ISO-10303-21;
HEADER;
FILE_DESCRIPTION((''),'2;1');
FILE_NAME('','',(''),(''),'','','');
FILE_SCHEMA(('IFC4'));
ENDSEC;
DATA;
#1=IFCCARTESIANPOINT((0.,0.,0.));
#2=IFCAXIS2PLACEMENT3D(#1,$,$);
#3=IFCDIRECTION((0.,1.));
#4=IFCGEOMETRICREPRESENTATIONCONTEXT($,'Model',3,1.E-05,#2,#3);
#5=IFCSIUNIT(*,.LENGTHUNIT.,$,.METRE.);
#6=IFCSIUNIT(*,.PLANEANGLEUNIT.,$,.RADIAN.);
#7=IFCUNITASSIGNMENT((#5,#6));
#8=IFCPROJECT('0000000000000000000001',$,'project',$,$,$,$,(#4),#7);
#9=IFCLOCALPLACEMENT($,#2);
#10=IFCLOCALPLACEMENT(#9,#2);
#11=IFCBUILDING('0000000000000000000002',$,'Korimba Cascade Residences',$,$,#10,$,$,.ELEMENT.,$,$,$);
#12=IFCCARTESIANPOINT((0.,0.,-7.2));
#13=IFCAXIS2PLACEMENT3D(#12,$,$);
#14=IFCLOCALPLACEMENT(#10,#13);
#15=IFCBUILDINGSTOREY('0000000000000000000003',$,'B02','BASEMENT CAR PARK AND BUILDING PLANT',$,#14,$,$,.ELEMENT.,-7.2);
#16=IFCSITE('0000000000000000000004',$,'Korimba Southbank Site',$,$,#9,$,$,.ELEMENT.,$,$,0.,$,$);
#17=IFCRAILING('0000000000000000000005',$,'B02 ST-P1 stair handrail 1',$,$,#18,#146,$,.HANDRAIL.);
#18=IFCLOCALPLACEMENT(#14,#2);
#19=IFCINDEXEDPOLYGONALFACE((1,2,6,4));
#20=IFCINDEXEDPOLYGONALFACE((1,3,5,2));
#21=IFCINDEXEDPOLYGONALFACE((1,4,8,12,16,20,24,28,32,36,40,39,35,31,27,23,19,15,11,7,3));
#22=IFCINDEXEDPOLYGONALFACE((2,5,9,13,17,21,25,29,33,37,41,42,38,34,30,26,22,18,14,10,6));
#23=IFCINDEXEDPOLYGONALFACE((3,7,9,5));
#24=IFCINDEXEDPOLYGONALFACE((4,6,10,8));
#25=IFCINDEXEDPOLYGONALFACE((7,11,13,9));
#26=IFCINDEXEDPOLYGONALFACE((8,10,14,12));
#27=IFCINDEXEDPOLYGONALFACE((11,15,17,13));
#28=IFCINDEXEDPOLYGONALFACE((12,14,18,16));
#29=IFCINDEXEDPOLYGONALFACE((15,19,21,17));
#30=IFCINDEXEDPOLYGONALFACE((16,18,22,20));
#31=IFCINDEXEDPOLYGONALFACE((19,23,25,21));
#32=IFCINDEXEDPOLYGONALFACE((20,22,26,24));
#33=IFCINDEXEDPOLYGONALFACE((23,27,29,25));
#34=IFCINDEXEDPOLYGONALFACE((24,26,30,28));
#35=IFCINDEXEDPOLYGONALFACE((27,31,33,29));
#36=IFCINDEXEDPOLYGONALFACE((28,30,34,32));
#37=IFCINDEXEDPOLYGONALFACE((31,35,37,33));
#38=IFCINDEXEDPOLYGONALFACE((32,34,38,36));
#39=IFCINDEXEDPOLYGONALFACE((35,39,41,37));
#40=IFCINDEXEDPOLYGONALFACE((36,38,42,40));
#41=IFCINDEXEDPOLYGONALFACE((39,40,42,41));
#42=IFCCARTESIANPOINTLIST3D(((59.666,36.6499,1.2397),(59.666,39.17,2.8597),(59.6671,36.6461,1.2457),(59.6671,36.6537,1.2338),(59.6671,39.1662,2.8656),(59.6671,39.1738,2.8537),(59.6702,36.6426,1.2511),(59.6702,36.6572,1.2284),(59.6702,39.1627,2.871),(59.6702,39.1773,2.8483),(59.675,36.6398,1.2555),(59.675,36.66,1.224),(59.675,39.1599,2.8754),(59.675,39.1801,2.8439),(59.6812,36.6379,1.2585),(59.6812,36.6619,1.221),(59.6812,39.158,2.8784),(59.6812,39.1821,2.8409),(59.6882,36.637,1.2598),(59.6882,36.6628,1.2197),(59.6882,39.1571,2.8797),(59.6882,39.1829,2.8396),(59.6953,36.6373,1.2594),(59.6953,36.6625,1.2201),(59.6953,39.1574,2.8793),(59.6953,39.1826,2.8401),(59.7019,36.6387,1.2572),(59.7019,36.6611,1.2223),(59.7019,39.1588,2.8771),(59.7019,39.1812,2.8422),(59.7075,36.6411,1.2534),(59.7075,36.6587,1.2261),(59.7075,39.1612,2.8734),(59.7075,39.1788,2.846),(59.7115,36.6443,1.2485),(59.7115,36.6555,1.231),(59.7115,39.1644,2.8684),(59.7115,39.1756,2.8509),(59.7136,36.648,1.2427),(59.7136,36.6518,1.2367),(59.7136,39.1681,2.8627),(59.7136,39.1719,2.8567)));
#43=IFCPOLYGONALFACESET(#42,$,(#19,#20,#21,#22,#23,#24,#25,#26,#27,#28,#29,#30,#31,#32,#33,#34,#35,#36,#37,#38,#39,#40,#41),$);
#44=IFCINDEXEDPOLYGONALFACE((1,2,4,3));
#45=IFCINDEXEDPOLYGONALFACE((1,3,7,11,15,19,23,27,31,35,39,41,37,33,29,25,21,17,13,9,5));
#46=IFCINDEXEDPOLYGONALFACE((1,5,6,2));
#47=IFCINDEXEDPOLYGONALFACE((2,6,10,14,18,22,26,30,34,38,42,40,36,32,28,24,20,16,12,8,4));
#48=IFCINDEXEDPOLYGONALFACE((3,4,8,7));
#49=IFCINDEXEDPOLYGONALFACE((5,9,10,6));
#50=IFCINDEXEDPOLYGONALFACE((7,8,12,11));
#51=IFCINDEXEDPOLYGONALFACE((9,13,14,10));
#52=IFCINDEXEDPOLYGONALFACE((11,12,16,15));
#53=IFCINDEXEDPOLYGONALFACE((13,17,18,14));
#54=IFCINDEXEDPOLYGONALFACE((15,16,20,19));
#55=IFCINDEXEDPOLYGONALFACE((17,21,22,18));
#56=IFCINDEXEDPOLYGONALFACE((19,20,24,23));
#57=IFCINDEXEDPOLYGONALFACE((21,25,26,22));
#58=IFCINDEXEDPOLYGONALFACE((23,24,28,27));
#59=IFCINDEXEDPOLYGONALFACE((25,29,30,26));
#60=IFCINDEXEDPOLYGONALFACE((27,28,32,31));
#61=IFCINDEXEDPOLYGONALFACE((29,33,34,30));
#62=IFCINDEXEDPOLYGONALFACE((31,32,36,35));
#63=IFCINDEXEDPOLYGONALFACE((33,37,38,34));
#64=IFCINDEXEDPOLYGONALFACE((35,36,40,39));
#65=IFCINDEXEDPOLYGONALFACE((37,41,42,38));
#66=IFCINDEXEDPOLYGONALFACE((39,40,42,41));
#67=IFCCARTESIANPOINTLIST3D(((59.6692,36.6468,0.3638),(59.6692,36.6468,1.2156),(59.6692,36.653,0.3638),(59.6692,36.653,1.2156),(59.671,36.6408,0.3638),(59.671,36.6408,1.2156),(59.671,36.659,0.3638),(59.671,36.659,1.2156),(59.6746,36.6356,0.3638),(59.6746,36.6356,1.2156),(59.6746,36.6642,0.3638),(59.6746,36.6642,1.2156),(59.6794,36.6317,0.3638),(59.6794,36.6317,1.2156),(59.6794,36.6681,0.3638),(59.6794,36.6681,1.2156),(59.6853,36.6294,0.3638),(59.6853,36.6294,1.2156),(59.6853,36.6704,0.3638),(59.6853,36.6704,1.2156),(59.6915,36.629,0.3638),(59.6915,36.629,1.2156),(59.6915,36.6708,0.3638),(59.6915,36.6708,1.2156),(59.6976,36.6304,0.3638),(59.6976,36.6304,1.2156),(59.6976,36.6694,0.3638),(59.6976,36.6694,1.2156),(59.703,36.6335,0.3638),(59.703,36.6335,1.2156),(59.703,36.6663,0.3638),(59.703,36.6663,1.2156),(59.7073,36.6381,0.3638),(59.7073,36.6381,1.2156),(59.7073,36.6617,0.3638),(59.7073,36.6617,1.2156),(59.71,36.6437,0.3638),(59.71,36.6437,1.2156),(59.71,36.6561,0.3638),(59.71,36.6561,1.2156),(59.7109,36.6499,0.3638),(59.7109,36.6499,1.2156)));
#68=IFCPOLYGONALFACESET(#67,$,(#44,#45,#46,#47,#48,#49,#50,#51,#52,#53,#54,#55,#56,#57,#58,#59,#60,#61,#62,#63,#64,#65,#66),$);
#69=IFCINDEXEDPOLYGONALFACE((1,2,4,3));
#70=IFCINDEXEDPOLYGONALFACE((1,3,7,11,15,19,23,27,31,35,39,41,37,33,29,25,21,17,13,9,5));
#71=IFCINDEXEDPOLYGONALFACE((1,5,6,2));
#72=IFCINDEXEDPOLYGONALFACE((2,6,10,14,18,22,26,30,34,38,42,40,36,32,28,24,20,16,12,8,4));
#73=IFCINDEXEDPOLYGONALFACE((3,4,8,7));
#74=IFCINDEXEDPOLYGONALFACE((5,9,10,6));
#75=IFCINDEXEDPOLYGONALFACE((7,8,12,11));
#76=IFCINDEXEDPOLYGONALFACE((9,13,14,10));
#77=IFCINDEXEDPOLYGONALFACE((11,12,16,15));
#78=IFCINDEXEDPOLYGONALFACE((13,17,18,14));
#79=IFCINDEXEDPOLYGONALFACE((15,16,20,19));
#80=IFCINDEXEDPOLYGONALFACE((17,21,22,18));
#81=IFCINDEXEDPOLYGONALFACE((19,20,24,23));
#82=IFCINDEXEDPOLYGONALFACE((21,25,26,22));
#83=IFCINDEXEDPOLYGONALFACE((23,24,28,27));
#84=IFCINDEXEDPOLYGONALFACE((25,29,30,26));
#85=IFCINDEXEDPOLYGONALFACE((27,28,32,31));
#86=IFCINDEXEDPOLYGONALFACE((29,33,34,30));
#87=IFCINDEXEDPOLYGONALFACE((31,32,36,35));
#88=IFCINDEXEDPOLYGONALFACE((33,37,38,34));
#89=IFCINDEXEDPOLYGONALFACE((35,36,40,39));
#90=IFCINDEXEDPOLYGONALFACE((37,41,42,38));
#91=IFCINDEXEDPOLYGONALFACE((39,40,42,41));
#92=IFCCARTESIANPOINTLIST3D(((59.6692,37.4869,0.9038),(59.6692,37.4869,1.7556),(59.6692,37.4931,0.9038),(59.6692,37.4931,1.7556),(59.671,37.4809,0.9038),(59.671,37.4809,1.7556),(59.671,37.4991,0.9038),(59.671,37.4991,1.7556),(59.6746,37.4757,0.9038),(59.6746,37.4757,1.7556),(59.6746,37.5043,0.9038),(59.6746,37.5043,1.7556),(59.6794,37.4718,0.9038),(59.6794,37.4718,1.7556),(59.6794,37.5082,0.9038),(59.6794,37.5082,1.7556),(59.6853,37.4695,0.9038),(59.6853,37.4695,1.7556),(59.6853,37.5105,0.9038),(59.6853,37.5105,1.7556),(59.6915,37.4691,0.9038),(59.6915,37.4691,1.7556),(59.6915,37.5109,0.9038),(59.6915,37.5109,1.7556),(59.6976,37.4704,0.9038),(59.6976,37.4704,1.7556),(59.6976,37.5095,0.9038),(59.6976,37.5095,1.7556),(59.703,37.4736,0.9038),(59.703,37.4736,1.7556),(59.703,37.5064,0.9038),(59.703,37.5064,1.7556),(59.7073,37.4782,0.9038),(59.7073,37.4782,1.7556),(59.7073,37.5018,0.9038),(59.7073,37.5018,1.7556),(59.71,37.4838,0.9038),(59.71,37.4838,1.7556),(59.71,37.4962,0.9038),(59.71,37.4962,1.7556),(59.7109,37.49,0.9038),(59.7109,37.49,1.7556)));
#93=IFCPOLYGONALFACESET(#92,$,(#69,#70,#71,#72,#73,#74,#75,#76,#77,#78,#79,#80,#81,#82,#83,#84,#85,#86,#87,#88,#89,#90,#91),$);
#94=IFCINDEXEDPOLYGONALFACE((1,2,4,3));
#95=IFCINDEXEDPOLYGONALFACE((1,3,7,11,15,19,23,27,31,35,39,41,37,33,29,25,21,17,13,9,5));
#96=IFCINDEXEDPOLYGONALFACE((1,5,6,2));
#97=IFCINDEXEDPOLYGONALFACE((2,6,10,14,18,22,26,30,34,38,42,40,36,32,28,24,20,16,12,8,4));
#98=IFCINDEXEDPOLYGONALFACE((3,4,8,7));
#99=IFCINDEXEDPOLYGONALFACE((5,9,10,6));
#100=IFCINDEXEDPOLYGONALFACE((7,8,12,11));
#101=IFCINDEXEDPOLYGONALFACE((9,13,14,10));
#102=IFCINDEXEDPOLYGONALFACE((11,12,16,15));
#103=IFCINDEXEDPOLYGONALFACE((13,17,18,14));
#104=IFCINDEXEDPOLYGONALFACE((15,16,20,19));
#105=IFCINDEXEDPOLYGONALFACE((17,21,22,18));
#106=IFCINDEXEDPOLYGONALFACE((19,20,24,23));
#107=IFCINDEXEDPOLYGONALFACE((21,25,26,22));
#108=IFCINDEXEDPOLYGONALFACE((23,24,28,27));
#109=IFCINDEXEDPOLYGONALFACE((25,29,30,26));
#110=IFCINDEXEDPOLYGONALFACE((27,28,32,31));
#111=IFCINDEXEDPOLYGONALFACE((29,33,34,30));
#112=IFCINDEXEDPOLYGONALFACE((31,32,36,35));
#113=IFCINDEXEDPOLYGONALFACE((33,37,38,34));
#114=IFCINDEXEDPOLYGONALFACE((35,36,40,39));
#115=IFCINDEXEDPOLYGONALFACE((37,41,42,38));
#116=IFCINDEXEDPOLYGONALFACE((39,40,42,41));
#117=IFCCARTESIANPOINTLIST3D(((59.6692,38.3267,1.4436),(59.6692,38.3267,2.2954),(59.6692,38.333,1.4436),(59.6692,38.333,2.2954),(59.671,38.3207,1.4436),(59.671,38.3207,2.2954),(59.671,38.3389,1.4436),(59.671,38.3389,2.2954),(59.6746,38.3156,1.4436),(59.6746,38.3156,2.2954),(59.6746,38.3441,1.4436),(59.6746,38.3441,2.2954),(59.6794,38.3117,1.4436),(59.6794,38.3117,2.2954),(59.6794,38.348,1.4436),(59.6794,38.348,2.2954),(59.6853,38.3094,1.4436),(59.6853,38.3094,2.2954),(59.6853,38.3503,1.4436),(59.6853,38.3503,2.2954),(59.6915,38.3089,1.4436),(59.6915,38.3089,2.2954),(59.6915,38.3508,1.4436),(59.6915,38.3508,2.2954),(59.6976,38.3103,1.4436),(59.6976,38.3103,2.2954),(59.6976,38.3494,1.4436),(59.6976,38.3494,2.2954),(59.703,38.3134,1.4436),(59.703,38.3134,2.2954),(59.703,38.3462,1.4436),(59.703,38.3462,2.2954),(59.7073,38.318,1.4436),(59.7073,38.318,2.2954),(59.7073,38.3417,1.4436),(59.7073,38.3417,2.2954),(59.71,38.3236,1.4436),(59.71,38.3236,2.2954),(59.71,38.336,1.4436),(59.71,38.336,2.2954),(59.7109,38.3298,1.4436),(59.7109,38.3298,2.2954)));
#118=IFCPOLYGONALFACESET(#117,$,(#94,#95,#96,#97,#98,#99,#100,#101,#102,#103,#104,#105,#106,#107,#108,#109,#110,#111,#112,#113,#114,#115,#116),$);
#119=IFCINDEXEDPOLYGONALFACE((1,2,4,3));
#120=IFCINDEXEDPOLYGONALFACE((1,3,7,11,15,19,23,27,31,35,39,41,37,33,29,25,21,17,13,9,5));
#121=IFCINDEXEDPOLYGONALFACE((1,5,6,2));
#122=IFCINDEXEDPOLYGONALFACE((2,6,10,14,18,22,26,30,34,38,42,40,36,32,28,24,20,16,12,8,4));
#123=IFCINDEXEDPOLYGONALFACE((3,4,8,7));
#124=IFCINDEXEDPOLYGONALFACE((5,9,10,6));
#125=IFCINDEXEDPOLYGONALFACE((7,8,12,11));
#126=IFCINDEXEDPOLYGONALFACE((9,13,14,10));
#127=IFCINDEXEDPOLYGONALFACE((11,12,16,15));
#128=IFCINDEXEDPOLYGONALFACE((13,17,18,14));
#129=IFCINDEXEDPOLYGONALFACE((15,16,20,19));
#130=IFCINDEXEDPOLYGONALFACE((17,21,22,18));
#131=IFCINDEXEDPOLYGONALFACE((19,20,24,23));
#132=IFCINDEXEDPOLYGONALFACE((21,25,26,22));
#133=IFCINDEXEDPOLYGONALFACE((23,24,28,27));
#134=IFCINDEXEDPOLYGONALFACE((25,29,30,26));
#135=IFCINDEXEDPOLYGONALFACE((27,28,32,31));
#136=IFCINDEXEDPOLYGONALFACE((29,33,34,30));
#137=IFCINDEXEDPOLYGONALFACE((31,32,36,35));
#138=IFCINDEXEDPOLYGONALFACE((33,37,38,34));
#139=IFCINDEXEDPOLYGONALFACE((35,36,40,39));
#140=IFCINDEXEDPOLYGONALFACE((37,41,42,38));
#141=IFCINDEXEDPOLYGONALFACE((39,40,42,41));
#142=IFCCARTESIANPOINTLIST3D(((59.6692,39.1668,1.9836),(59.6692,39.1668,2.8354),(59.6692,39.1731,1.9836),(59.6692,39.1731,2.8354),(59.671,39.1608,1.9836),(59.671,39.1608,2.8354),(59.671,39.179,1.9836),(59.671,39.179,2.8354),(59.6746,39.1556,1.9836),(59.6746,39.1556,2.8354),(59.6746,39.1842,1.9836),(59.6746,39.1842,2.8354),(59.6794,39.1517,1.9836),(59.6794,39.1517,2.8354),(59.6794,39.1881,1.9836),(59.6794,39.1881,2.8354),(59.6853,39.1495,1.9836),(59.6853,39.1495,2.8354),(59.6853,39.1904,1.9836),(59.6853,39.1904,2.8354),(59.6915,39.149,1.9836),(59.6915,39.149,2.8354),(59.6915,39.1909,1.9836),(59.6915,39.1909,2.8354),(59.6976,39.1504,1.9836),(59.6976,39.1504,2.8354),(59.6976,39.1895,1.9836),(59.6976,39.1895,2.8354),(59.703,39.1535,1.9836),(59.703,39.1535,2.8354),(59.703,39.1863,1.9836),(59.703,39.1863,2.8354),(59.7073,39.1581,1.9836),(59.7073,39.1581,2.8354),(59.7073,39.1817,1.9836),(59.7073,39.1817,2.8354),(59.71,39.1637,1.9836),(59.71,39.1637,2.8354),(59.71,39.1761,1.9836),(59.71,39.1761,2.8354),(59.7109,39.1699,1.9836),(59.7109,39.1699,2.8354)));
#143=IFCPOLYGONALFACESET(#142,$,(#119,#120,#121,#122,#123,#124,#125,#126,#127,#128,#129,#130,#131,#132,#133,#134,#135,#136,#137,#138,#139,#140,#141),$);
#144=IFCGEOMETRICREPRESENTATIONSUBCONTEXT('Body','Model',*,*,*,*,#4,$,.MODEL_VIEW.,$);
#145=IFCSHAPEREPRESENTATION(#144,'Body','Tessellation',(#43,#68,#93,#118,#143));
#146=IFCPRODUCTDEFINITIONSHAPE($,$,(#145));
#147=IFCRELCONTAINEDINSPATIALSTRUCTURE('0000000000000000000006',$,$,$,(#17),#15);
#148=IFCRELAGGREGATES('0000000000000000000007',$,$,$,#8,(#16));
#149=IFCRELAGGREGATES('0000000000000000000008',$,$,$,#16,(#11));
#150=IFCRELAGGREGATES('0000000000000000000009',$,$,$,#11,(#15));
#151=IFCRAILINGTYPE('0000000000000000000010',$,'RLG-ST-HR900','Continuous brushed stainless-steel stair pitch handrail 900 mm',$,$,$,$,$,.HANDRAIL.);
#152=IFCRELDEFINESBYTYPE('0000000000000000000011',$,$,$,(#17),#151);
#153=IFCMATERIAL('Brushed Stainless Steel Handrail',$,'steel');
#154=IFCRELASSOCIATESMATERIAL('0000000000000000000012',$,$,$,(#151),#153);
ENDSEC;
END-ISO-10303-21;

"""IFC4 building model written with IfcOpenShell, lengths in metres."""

from ifc_helpers import new_model, si_unit, direction, frame, origin, origin_2d, place, context, subcontext, project, spatial, circle, extrude, material, type_object, element, save


model = new_model("IFC4")

# Units and contexts
model_context = context("Model", 3, precision=1e-05, world=origin(), true_north=direction((0.0, 1.0)))
body_context = subcontext(model_context, "Body", "Model", "MODEL_VIEW")
ifc_project = project(units=[si_unit("LENGTHUNIT", "METRE"), si_unit("PLANEANGLEUNIT", "RADIAN")], contexts=[model_context])

# Site, building, storey
site_placement = place(None, origin())
site = spatial("IfcSite", under=ifc_project, at=site_placement, Name="Korimba Southbank Site", CompositionType="ELEMENT", RefElevation=0.0)
building_placement = place(site_placement, origin())
building = spatial("IfcBuilding", under=site, at=building_placement, Name="Korimba Cascade Residences", CompositionType="ELEMENT")
storey_placement = place(building_placement, frame((0.0, 0.0, -7.2)))
storey = spatial("IfcBuildingStorey", under=building, at=storey_placement, Name="B02", Description="BASEMENT CAR PARK AND BUILDING PLANT", CompositionType="ELEMENT", Elevation=-7.2)

# Railing
ifc_material_1 = material(Name="Brushed Stainless Steel Handrail", Category="steel")
railing_type_1 = type_object("IfcRailingType", Name="RLG-ST-HR900", Description="Continuous brushed stainless-steel stair pitch handrail 900 mm", PredefinedType="HANDRAIL", material=ifc_material_1)
for number, where, name in (
    (1, (59.6899, 36.6499, 0.3638), "B02 ST-P1 stair handrail 1"),
):
    element("IfcRailing", number, at=place(storey_placement, frame(where)), inside=storey, type_object=railing_type_1, Name=name, PredefinedType="HANDRAIL", context=body_context, shape_type="SweptSolid", body=[
        extrude(circle(Radius=0.0239, at=origin_2d()), frame((0.0, 0.0, 0.876), z_axis=(0.0, 0.8412, 0.540725), x_axis=(-1.0, 0.0, 0.0)), (0.0, 0.0, 1.0), 2.9958),
        extrude(circle(Radius=0.021, at=origin_2d()), origin(), (0.0, 0.0, 1.0), 0.8518),
        extrude(circle(Radius=0.021, at=origin_2d()), frame((0.0, 0.8401, 0.54)), (0.0, 0.0, 1.0), 0.8518),
        extrude(circle(Radius=0.021, at=origin_2d()), frame((0.0, 1.6799, 1.0798)), (0.0, 0.0, 1.0), 0.8518),
        extrude(circle(Radius=0.021, at=origin_2d()), frame((0.0, 2.52, 1.6199)), (0.0, 0.0, 1.0), 0.8518),
    ])

save(model, "model.ifc")
